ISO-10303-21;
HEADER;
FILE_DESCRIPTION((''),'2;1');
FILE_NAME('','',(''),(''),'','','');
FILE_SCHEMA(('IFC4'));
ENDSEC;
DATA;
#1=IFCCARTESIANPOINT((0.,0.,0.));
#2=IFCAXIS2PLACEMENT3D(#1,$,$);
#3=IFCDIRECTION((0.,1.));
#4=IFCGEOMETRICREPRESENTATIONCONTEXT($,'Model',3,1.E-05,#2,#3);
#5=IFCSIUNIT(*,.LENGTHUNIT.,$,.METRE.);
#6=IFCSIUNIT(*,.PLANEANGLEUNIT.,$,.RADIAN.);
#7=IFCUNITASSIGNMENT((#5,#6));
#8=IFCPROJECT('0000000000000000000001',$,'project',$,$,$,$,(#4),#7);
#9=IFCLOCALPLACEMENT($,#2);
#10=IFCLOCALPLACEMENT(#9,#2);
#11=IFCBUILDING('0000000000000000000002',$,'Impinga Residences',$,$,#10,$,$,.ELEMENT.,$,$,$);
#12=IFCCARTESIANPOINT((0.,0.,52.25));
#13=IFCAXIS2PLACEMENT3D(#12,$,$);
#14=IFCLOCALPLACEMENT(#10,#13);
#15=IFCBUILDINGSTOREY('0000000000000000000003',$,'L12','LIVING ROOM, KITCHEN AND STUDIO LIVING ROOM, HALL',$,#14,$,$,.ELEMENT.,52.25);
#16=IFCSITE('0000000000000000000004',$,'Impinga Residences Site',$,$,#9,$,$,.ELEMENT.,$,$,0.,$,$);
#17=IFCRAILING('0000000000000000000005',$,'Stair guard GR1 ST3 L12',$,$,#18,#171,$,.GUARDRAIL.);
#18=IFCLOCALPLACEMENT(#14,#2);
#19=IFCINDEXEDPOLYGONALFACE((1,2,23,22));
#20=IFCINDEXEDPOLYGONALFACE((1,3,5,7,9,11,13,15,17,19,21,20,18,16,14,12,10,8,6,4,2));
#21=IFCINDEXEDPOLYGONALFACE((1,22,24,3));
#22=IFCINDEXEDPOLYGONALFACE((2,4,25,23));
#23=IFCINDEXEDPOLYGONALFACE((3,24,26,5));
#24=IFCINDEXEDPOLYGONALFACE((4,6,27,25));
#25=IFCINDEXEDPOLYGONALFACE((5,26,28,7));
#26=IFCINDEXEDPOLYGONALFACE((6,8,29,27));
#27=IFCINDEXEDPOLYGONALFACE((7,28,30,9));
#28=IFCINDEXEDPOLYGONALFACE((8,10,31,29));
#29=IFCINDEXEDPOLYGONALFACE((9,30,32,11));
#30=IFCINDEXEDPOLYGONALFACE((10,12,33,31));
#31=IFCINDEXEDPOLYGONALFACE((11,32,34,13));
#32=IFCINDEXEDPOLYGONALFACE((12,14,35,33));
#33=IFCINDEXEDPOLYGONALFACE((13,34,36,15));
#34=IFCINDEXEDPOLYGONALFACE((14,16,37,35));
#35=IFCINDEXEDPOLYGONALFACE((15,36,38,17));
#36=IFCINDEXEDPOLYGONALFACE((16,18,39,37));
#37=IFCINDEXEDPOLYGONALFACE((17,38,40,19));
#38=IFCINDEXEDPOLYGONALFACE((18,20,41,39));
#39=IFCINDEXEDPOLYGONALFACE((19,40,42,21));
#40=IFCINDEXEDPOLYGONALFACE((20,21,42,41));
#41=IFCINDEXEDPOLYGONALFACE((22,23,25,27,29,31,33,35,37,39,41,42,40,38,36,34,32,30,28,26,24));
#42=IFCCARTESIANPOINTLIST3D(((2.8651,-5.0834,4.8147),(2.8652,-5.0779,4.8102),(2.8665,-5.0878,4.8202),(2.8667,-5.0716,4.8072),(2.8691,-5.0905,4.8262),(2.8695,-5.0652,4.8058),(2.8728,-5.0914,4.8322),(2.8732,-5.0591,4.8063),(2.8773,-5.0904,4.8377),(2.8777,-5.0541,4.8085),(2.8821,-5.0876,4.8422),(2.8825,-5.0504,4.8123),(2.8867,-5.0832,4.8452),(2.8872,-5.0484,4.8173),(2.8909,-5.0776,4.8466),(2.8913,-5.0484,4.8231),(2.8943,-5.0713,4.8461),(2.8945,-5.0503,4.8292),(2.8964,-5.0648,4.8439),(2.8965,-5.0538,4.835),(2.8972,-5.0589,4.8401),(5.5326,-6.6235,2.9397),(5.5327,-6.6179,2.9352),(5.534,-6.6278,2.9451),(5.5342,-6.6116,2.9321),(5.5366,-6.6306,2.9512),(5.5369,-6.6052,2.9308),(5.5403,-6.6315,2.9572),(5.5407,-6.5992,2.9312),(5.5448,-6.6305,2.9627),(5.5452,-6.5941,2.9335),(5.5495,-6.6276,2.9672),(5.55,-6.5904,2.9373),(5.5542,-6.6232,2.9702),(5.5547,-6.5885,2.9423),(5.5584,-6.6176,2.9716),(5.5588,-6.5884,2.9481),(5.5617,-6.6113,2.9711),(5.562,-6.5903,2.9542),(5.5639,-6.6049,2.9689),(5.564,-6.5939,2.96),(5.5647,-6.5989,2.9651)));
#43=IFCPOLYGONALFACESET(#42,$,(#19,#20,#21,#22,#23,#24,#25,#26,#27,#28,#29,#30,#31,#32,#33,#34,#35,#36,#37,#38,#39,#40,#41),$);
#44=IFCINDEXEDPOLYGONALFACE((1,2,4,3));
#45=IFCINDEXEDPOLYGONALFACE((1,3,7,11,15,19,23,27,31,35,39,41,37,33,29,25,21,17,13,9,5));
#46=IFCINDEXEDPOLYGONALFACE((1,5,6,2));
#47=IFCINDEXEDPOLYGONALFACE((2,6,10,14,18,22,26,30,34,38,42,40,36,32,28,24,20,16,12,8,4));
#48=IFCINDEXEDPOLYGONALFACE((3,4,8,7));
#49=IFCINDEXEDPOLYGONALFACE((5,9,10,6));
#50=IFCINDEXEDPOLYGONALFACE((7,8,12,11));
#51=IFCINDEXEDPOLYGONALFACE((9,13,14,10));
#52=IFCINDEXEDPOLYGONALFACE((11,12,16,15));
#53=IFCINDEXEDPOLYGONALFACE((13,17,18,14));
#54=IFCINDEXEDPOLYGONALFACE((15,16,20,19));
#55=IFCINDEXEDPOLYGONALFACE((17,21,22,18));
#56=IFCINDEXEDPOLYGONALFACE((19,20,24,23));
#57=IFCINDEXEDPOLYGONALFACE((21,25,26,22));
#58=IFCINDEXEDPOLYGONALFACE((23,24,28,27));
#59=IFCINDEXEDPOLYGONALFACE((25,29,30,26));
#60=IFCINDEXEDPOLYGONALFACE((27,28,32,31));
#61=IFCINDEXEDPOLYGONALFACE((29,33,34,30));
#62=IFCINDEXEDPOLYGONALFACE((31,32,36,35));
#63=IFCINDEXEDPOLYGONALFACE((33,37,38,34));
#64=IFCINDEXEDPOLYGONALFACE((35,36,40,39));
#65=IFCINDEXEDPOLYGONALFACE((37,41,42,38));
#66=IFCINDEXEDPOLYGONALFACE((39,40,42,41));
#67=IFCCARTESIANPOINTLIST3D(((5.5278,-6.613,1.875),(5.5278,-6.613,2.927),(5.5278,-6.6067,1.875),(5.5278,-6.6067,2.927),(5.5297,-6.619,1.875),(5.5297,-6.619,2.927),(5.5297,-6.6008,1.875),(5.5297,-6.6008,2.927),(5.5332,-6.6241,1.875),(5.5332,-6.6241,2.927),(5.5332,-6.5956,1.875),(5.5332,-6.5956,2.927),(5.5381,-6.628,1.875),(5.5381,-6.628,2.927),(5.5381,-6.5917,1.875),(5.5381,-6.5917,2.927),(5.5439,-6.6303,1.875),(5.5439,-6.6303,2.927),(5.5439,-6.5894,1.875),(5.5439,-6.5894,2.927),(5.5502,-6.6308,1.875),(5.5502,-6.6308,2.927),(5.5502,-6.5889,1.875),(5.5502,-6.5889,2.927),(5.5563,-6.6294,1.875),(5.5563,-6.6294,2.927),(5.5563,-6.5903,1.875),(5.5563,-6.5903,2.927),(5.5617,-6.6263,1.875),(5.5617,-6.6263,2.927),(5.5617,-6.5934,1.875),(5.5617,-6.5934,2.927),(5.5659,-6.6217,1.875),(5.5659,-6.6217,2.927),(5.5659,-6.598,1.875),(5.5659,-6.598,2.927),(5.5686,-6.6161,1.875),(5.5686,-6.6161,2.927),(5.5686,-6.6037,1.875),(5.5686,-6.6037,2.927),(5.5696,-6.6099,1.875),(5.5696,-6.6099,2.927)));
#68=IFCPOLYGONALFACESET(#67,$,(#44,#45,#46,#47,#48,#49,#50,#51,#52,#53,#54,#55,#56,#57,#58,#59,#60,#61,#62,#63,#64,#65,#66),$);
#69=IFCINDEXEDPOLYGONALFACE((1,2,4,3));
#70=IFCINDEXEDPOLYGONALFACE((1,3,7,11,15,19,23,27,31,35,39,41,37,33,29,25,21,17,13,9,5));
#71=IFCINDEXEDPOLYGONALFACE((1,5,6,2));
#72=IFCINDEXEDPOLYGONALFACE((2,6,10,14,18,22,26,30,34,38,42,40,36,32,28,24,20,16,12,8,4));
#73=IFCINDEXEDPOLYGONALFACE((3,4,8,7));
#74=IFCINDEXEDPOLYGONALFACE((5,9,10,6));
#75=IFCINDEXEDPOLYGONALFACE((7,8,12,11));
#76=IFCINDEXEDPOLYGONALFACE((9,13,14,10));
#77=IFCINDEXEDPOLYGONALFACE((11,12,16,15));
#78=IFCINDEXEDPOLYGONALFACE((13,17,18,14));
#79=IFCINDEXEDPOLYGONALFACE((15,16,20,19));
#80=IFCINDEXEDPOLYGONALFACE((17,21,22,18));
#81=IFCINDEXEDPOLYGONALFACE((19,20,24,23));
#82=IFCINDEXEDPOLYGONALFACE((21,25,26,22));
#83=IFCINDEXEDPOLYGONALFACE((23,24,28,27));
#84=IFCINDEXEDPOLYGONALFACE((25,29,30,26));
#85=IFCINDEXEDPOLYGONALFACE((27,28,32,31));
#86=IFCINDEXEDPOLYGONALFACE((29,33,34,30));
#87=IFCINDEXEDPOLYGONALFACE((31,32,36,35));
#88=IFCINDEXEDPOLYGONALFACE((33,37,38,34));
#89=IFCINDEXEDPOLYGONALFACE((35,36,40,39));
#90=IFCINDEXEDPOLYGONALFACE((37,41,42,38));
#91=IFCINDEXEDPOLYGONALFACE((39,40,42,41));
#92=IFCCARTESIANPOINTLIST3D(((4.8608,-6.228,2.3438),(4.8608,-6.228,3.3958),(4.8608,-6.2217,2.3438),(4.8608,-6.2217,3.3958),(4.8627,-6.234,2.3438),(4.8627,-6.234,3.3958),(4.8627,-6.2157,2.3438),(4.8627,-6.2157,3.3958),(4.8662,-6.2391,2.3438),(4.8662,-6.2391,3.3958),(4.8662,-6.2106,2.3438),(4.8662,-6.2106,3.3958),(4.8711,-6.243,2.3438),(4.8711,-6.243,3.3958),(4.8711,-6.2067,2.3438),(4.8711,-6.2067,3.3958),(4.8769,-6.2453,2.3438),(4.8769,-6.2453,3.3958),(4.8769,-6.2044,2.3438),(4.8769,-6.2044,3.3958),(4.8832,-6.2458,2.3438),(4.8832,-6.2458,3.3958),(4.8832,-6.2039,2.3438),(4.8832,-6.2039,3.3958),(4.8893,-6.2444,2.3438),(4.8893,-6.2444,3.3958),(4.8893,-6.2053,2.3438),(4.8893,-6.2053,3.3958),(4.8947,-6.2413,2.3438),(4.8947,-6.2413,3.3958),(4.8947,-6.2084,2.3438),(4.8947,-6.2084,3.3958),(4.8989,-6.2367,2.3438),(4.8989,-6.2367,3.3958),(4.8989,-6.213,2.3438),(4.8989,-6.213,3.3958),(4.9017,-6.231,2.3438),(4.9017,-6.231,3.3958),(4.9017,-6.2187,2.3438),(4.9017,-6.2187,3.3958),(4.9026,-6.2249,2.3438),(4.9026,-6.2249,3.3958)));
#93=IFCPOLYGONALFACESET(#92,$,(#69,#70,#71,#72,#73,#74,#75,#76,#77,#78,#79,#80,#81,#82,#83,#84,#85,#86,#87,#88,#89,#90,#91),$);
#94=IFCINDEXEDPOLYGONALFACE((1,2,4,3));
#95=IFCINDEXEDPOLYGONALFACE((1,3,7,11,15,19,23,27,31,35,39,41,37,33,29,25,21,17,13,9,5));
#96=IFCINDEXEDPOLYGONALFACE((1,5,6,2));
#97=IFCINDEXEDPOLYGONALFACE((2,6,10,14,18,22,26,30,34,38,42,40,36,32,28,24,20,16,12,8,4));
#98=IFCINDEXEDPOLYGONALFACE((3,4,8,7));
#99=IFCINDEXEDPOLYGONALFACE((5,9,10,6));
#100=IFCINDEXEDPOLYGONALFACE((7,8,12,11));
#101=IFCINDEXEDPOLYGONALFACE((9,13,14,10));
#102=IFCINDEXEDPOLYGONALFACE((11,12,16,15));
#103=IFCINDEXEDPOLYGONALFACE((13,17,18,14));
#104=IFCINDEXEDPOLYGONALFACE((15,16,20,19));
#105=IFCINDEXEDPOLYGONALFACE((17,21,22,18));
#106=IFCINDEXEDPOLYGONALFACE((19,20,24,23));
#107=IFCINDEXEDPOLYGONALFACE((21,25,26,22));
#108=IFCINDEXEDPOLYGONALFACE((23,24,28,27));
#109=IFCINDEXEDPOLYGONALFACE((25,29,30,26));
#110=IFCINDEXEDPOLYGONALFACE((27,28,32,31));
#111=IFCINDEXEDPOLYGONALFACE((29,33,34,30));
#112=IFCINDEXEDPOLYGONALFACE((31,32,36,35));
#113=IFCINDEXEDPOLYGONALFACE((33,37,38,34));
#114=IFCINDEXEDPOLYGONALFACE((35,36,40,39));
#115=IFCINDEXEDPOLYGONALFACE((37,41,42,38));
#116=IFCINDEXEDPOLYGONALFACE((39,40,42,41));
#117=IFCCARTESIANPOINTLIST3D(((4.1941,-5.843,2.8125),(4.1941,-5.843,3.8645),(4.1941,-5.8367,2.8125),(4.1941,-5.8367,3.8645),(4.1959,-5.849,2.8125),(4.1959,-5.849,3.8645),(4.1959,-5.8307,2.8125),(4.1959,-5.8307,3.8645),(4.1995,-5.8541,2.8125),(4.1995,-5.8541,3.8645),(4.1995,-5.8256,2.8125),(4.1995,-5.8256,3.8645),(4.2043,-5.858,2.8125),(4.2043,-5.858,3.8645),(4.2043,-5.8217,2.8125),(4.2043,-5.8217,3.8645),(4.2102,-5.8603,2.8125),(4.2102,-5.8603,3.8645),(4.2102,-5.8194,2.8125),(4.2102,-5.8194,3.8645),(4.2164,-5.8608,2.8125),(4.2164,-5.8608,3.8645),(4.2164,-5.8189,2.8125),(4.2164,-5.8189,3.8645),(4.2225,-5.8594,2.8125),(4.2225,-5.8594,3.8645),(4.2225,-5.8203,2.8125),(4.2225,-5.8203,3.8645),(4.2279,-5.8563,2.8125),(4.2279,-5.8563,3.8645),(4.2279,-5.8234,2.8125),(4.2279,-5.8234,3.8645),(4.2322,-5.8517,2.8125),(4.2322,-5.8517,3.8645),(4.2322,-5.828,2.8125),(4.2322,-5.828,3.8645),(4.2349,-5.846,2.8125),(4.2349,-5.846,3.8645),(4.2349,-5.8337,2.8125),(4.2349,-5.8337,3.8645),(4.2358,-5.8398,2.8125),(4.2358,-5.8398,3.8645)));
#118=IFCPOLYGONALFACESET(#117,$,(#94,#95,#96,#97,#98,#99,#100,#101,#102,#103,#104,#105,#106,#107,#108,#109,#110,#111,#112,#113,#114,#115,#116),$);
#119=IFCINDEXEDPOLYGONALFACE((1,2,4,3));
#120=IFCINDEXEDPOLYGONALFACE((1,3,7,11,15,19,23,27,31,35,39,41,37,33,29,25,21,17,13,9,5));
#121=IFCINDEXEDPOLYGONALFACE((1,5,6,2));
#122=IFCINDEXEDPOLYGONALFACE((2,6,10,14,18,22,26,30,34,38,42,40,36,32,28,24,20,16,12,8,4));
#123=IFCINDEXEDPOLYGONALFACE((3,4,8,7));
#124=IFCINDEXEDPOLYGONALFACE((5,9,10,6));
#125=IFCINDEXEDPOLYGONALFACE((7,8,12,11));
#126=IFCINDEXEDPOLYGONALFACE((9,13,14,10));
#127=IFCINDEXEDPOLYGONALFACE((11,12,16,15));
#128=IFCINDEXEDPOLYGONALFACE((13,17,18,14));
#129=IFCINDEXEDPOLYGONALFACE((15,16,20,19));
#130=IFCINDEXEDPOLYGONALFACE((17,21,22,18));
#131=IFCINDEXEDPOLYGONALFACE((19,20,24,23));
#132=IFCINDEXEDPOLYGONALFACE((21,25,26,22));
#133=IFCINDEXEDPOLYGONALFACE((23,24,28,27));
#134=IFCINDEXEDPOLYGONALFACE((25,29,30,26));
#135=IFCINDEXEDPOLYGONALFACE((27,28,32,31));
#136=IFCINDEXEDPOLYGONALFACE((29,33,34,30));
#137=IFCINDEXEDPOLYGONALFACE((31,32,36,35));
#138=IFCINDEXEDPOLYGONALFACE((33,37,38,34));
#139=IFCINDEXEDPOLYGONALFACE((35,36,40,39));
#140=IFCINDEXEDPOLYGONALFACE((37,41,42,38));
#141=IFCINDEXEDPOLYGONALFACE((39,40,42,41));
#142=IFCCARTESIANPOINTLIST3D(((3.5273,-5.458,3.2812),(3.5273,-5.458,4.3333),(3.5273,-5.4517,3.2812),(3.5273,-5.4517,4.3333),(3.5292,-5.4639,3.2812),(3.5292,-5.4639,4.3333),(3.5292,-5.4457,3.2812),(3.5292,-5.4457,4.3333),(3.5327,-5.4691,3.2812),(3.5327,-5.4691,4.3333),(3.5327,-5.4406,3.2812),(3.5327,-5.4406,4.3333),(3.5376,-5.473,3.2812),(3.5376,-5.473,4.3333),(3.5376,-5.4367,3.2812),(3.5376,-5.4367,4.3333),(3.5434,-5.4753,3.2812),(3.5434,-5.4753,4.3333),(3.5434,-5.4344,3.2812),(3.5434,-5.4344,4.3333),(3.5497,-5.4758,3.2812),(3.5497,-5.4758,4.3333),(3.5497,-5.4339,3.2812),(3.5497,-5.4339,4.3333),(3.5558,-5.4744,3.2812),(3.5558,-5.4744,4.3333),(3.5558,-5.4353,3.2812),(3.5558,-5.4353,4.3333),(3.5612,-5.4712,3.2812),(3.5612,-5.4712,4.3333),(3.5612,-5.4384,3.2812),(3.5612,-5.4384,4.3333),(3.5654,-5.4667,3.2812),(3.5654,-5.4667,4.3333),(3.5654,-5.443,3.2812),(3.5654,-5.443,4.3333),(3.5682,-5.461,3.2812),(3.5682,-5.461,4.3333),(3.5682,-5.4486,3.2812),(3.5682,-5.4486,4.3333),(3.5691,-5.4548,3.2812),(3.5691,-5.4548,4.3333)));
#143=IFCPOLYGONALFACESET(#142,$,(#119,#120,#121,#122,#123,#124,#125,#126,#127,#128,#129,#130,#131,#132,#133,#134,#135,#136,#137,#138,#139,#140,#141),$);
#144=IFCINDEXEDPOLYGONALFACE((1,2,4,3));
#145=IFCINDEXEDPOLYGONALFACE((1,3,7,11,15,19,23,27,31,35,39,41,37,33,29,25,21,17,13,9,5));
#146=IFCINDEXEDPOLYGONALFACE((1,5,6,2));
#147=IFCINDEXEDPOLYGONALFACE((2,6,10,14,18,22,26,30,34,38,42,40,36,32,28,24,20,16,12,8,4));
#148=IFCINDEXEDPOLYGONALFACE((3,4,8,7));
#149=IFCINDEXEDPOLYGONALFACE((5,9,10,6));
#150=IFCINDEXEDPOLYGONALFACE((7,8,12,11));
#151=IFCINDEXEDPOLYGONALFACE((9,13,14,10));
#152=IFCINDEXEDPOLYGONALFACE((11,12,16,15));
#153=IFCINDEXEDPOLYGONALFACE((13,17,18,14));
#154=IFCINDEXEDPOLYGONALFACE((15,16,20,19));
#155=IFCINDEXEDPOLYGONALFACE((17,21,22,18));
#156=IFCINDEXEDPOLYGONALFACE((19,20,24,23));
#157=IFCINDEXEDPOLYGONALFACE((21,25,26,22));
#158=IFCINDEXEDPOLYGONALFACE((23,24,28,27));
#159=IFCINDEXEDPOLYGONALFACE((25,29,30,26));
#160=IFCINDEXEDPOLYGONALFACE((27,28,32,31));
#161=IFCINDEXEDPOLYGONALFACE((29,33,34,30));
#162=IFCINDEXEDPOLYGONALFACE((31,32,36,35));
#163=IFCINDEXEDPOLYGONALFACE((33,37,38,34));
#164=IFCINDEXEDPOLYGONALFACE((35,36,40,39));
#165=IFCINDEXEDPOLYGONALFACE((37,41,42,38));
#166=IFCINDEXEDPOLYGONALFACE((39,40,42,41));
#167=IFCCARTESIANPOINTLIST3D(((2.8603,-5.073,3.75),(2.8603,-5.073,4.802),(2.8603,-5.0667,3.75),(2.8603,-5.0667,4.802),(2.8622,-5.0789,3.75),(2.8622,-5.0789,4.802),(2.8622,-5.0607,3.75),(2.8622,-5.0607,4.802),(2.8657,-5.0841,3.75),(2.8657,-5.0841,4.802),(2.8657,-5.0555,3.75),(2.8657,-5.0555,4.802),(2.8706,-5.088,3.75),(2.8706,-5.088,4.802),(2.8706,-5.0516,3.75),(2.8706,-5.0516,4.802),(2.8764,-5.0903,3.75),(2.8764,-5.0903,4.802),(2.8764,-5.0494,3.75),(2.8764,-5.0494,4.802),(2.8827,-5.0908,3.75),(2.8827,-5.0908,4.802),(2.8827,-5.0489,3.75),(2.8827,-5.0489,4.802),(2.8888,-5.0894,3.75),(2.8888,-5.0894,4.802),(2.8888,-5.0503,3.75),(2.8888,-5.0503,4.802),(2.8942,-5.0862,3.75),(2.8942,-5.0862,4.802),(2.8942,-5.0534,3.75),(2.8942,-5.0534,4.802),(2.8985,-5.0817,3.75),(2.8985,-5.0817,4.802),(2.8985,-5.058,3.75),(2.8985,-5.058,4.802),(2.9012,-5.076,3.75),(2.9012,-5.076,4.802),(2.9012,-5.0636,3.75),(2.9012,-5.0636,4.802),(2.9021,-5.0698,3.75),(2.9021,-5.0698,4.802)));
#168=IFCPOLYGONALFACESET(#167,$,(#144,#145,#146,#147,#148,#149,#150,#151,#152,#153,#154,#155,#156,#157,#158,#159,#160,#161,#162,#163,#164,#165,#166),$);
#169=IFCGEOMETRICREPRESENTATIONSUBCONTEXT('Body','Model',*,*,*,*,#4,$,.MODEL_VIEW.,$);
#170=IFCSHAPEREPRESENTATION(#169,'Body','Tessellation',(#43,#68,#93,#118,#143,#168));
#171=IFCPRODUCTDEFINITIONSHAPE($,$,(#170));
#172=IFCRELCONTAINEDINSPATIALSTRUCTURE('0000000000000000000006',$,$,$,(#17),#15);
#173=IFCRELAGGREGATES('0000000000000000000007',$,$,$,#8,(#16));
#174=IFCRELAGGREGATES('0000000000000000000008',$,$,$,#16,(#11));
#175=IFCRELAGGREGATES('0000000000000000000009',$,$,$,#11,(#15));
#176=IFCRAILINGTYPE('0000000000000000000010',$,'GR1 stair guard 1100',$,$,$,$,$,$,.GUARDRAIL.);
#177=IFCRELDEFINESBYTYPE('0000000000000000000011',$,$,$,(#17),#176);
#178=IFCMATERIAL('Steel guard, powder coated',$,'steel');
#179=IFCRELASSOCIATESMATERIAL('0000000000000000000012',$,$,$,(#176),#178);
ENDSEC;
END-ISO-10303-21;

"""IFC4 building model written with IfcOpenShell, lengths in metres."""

from ifc_helpers import new_model, si_unit, direction, frame, origin, origin_2d, place, context, subcontext, project, spatial, circle, extrude, material, type_object, element, save


model = new_model("IFC4")

# Units and contexts
model_context = context("Model", 3, precision=1e-05, world=origin(), true_north=direction((0.0, 1.0)))
body_context = subcontext(model_context, "Body", "Model", "MODEL_VIEW")
ifc_project = project(units=[si_unit("LENGTHUNIT", "METRE"), si_unit("PLANEANGLEUNIT", "RADIAN")], contexts=[model_context])

# Site, building, storey
site_placement = place(None, origin())
site = spatial("IfcSite", under=ifc_project, at=site_placement, Name="Impinga Residences Site", CompositionType="ELEMENT", RefElevation=0.0)
building_placement = place(site_placement, origin())
building = spatial("IfcBuilding", under=site, at=building_placement, Name="Impinga Residences", CompositionType="ELEMENT")
storey_placement = place(building_placement, frame((0.0, 0.0, 52.25)))
storey = spatial("IfcBuildingStorey", under=building, at=storey_placement, Name="L12", Description="LIVING ROOM, KITCHEN AND STUDIO LIVING ROOM, HALL", CompositionType="ELEMENT", Elevation=52.25)

# Railing
ifc_material_1 = material(Name="Steel guard, powder coated", Category="steel")
railing_type_1 = type_object("IfcRailingType", Name="GR1 stair guard 1100", PredefinedType="GUARDRAIL", material=ifc_material_1)
railing_1_placement = place(storey_placement, frame((5.5486, -6.6099, 1.875)))
element("IfcRailing", 1, at=railing_1_placement, inside=storey, type_object=railing_type_1, Name="Stair guard GR1 ST3 L12", PredefinedType="GUARDRAIL", context=body_context, shape_type="SweptSolid", body=[
    extrude(circle(Radius=0.0239, at=origin_2d()), frame((0.0, 0.0, 1.0762), z_axis=(-0.739746, 0.427084, 0.519975), x_axis=(-0.499992, -0.86603, 0.0)), (0.0, 0.0, 1.0), 3.606),
    extrude(circle(Radius=0.021, at=origin_2d()), origin(), (0.0, 0.0, 1.0), 1.052),
    extrude(circle(Radius=0.021, at=origin_2d()), frame((-0.667, 0.385, 0.4688)), (0.0, 0.0, 1.0), 1.052),
    extrude(circle(Radius=0.021, at=origin_2d()), frame((-1.3337, 0.77, 0.9375)), (0.0, 0.0, 1.0), 1.052),
    extrude(circle(Radius=0.021, at=origin_2d()), frame((-2.0005, 1.155, 1.4062)), (0.0, 0.0, 1.0), 1.052),
    extrude(circle(Radius=0.021, at=origin_2d()), frame((-2.6675, 1.54, 1.875)), (0.0, 0.0, 1.0), 1.052),
])

save(model, "model.ifc")
